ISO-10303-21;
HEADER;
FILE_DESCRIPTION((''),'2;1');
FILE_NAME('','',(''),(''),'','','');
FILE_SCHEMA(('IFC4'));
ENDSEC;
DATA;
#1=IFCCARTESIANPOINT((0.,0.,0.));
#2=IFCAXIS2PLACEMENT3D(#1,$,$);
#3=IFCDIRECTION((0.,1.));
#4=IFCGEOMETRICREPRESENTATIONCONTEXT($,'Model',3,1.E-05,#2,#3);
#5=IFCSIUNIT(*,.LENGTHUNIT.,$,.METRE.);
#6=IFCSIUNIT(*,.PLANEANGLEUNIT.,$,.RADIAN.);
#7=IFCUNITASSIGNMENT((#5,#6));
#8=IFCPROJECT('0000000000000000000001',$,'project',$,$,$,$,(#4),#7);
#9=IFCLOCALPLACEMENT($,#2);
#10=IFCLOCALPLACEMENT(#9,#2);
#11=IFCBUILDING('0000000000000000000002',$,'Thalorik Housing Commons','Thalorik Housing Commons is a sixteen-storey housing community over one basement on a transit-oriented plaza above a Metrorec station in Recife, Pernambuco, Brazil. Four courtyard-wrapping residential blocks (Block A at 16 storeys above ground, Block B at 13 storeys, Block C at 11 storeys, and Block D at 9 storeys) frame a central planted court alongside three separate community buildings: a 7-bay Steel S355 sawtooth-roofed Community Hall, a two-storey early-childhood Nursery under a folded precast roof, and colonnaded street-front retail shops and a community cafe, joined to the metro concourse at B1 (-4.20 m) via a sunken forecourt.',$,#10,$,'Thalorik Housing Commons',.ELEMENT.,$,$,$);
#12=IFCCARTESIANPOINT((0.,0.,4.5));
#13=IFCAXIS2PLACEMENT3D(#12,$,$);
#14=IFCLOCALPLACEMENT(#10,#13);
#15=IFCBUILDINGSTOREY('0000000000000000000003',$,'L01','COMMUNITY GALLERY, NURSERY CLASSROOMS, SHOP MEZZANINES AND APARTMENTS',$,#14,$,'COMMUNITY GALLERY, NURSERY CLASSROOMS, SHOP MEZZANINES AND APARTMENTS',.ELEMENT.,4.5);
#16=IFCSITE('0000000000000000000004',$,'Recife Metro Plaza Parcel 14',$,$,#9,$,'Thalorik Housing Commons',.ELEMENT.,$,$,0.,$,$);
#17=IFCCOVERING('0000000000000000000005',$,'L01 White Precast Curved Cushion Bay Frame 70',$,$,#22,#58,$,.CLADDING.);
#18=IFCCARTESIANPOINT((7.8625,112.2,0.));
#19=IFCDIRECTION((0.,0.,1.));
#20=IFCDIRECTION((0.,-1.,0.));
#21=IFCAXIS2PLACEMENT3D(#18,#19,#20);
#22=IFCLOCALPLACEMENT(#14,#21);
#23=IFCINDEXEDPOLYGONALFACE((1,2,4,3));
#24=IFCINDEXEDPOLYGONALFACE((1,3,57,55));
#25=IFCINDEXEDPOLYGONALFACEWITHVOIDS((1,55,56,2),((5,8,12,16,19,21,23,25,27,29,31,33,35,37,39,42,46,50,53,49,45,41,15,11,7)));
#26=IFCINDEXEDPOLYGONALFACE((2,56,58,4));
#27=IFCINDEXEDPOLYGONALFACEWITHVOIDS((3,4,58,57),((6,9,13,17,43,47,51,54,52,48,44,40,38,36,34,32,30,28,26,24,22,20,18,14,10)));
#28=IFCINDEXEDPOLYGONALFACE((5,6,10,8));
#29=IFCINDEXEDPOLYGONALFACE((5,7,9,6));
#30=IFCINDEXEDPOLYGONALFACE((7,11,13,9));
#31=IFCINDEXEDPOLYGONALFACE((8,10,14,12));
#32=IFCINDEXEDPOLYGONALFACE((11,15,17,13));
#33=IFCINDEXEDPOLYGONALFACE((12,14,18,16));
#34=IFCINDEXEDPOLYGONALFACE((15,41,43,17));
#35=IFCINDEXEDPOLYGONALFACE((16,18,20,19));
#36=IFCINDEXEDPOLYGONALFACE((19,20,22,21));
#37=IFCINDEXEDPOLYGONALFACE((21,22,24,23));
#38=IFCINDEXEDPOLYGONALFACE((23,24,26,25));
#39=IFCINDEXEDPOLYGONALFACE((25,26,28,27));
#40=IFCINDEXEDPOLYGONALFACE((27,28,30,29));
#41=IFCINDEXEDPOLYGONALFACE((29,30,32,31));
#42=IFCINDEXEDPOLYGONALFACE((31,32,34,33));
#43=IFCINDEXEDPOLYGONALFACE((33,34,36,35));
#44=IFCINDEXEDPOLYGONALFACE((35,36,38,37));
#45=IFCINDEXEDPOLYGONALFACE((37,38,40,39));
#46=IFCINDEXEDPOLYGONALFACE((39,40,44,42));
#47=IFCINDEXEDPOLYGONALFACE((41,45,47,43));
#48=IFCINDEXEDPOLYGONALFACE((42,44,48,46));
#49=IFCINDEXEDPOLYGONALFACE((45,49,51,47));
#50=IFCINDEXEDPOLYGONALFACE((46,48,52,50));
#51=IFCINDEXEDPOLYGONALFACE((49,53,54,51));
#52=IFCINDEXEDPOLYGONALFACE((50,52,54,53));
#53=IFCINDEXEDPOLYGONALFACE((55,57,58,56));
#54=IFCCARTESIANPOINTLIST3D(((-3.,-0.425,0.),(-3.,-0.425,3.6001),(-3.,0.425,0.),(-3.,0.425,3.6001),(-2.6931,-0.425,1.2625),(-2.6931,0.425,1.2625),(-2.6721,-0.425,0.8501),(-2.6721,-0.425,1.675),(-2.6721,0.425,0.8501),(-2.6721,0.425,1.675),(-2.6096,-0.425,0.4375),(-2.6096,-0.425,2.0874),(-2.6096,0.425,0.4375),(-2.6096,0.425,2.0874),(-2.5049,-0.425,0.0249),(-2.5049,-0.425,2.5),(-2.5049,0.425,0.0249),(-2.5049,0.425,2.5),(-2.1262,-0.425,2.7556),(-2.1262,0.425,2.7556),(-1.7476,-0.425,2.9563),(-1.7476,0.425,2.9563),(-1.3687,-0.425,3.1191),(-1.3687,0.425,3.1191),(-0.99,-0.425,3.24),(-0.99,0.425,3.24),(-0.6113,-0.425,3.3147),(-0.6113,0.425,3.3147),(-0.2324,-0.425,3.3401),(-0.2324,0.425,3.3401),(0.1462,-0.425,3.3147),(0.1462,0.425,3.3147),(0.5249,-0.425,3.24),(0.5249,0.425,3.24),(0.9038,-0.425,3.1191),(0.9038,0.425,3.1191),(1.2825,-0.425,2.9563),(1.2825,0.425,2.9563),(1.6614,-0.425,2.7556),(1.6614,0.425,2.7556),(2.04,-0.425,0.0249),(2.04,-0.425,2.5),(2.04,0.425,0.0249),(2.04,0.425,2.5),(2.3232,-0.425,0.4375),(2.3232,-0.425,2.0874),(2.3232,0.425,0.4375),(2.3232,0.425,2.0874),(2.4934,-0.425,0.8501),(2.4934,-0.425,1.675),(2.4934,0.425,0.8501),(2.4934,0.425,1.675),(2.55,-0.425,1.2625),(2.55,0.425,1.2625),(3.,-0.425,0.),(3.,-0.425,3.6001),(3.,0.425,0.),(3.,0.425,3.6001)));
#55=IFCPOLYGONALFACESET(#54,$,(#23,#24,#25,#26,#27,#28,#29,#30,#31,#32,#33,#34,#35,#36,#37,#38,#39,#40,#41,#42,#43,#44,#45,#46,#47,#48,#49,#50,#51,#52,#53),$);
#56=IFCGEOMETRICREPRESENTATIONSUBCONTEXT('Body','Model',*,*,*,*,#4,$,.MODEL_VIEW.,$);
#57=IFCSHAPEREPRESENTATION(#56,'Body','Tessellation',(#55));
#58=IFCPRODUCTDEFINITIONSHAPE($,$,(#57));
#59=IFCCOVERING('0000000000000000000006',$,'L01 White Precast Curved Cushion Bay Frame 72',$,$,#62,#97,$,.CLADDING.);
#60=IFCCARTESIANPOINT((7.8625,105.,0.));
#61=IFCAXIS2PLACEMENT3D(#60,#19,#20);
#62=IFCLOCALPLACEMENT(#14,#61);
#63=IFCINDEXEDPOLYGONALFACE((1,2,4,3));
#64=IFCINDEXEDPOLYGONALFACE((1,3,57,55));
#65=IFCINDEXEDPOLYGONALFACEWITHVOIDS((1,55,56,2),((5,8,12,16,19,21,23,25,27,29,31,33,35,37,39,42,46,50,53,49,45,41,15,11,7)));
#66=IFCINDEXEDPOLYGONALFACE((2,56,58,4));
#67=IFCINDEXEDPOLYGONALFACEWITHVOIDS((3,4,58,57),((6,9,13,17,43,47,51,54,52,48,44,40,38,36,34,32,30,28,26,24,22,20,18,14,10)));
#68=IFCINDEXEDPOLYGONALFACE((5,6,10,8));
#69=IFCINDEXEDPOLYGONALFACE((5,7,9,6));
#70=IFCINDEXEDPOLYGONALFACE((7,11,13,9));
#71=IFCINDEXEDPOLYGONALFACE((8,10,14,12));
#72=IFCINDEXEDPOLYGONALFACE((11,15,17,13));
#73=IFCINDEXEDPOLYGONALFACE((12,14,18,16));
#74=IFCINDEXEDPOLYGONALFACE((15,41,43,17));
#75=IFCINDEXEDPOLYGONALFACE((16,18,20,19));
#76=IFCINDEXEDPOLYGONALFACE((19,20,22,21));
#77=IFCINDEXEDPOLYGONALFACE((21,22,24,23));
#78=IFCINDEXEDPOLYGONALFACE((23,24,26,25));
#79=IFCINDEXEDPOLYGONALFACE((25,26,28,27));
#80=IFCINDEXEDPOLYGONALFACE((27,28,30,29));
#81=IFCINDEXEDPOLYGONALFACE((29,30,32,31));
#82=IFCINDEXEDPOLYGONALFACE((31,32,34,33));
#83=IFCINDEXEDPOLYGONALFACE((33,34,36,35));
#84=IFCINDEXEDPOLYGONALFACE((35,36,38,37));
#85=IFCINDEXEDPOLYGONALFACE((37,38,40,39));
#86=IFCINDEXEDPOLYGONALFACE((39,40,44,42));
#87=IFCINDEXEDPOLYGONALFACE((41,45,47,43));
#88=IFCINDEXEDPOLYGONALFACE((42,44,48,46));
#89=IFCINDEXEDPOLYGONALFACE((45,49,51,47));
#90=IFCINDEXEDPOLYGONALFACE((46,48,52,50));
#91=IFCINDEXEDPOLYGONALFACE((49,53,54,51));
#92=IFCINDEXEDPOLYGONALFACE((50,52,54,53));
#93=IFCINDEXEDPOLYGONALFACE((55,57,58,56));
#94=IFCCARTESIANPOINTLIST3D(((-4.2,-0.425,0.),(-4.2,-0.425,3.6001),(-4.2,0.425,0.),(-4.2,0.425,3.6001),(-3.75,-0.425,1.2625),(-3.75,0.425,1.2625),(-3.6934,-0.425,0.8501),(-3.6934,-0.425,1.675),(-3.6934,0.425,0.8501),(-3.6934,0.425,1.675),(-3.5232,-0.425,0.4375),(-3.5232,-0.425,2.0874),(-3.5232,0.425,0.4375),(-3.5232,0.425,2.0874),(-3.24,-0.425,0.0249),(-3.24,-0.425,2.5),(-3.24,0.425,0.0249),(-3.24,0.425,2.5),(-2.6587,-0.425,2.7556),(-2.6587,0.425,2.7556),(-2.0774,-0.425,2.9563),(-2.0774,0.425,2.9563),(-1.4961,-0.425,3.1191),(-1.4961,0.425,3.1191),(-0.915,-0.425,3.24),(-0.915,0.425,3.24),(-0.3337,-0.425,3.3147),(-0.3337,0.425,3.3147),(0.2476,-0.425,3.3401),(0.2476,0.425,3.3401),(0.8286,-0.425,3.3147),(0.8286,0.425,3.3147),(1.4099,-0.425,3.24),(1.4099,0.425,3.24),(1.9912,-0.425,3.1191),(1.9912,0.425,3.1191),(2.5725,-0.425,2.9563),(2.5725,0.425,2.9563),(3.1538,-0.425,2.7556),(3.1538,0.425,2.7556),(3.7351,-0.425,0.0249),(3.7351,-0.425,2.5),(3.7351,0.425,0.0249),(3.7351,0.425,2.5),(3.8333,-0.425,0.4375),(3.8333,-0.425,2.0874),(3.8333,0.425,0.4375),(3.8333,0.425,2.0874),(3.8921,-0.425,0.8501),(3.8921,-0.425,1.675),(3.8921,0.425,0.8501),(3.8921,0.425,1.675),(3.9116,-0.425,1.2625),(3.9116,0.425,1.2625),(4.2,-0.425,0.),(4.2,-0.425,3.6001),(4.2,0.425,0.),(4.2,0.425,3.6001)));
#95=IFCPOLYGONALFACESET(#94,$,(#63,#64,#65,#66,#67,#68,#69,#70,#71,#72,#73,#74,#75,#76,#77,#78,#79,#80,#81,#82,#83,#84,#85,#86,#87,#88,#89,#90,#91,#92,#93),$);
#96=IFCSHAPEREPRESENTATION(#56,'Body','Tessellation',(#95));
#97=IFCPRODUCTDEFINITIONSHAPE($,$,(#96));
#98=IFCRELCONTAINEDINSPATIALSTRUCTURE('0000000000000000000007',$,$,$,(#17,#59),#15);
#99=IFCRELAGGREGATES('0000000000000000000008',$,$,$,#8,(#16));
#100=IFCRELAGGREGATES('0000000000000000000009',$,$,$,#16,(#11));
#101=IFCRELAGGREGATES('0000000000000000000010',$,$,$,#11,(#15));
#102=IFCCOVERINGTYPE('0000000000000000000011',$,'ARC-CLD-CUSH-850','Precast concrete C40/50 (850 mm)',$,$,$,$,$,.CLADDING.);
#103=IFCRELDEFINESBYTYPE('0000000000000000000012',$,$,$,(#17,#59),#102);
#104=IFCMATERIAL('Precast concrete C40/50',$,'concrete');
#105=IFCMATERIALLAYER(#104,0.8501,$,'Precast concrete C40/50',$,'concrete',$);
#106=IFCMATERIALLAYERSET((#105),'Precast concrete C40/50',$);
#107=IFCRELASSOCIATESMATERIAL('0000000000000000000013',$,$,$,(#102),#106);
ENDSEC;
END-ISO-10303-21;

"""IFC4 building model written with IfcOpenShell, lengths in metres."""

from ifc_helpers import new_model, si_unit, direction, frame, origin, place, context, subcontext, project, spatial, polyline, outline, extrude, material, layer, layer_set, type_object, element, save


model = new_model("IFC4")

# Units and contexts
model_context = context("Model", 3, precision=1e-05, world=origin(), true_north=direction((0.0, 1.0)))
body_context = subcontext(model_context, "Body", "Model", "MODEL_VIEW")
ifc_project = project(units=[si_unit("LENGTHUNIT", "METRE"), si_unit("PLANEANGLEUNIT", "RADIAN")], contexts=[model_context])

# Site, building, storey
site_placement = place(None, origin())
site = spatial("IfcSite", under=ifc_project, at=site_placement, Name="Recife Metro Plaza Parcel 14", LongName="Thalorik Housing Commons", CompositionType="ELEMENT", RefElevation=0.0)
building_placement = place(site_placement, origin())
building = spatial("IfcBuilding", under=site, at=building_placement, Name="Thalorik Housing Commons", Description="Thalorik Housing Commons is a sixteen-storey housing community over one basement on a transit-oriented plaza above a Metrorec station in Recife, Pernambuco, Brazil. Four courtyard-wrapping residential blocks (Block A at 16 storeys above ground, Block B at 13 storeys, Block C at 11 storeys, and Block D at 9 storeys) frame a central planted court alongside three separate community buildings: a 7-bay Steel S355 sawtooth-roofed Community Hall, a two-storey early-childhood Nursery under a folded precast roof, and colonnaded street-front retail shops and a community cafe, joined to the metro concourse at B1 (-4.20 m) via a sunken forecourt.", LongName="Thalorik Housing Commons", CompositionType="ELEMENT")
storey_placement = place(building_placement, frame((0.0, 0.0, 4.5)))
storey = spatial("IfcBuildingStorey", under=building, at=storey_placement, Name="L01", Description="COMMUNITY GALLERY, NURSERY CLASSROOMS, SHOP MEZZANINES AND APARTMENTS", LongName="COMMUNITY GALLERY, NURSERY CLASSROOMS, SHOP MEZZANINES AND APARTMENTS", CompositionType="ELEMENT", Elevation=4.5)

# Shared definitions
ifc_material_1 = material(Name="Precast concrete C40/50", Category="concrete")

# Coverings
ifc_layer_1 = layer(ifc_material_1, 0.8501, Name="Precast concrete C40/50", Category="concrete")
ifc_layer_set_1 = layer_set([ifc_layer_1], Name="Precast concrete C40/50")
covering_type_1 = type_object("IfcCoveringType", Name="ARC-CLD-CUSH-850", Description="Precast concrete C40/50 (850 mm)", PredefinedType="CLADDING", material=ifc_layer_set_1)
covering_1_placement = place(storey_placement, frame((7.8625, 112.2, 0.0), z_axis=(0.0, 0.0, 1.0), x_axis=(0.0, -1.0, 0.0)))
element("IfcCovering", 1, at=covering_1_placement, inside=storey, type_object=covering_type_1, Name="L01 White Precast Curved Cushion Bay Frame 70", PredefinedType="CLADDING", context=body_context, shape_type="SweptSolid", body=[
    extrude(outline(polyline([(-3.0, 0.0), (3.0, 0.0), (3.0, 3.6001), (-3.0, 3.6001), (-3.0, 0.0)]), holes=[polyline([(2.04, 0.0249), (2.3232, 0.4375), (2.4934, 0.8501), (2.55, 1.2625), (2.4934, 1.675), (2.3232, 2.0874), (2.04, 2.5), (1.6614, 2.7556), (1.2825, 2.9563), (0.9038, 3.1191), (0.5249, 3.24), (0.1462, 3.3147), (-0.2324, 3.3401), (-0.6113, 3.3147), (-0.99, 3.24), (-1.3687, 3.1191), (-1.7476, 2.9563), (-2.1262, 2.7556), (-2.5049, 2.5), (-2.6096, 2.0874), (-2.6721, 1.675), (-2.6931, 1.2625), (-2.6721, 0.8501), (-2.6096, 0.4375), (-2.5049, 0.0249), (2.04, 0.0249)])]), frame((0.0, 0.425, 0.0), z_axis=(0.0, -1.0, 0.0), x_axis=(1.0, 0.0, 0.0)), (0.0, 0.0, 1.0), 0.8501),
])
covering_2_placement = place(storey_placement, frame((7.8625, 105.0, 0.0), z_axis=(0.0, 0.0, 1.0), x_axis=(0.0, -1.0, 0.0)))
element("IfcCovering", 2, at=covering_2_placement, inside=storey, type_object=covering_type_1, Name="L01 White Precast Curved Cushion Bay Frame 72", PredefinedType="CLADDING", context=body_context, shape_type="SweptSolid", body=[
    extrude(outline(polyline([(-4.2, 0.0), (4.2, 0.0), (4.2, 3.6001), (-4.2, 3.6001), (-4.2, 0.0)]), holes=[polyline([(3.7351, 0.0249), (3.8333, 0.4375), (3.8921, 0.8501), (3.9116, 1.2625), (3.8921, 1.675), (3.8333, 2.0874), (3.7351, 2.5), (3.1538, 2.7556), (2.5725, 2.9563), (1.9912, 3.1191), (1.4099, 3.24), (0.8286, 3.3147), (0.2476, 3.3401), (-0.3337, 3.3147), (-0.915, 3.24), (-1.4961, 3.1191), (-2.0774, 2.9563), (-2.6587, 2.7556), (-3.24, 2.5), (-3.5232, 2.0874), (-3.6934, 1.675), (-3.75, 1.2625), (-3.6934, 0.8501), (-3.5232, 0.4375), (-3.24, 0.0249), (3.7351, 0.0249)])]), frame((0.0, 0.425, 0.0), z_axis=(0.0, -1.0, 0.0), x_axis=(1.0, 0.0, 0.0)), (0.0, 0.0, 1.0), 0.8501),
])

save(model, "model.ifc")
